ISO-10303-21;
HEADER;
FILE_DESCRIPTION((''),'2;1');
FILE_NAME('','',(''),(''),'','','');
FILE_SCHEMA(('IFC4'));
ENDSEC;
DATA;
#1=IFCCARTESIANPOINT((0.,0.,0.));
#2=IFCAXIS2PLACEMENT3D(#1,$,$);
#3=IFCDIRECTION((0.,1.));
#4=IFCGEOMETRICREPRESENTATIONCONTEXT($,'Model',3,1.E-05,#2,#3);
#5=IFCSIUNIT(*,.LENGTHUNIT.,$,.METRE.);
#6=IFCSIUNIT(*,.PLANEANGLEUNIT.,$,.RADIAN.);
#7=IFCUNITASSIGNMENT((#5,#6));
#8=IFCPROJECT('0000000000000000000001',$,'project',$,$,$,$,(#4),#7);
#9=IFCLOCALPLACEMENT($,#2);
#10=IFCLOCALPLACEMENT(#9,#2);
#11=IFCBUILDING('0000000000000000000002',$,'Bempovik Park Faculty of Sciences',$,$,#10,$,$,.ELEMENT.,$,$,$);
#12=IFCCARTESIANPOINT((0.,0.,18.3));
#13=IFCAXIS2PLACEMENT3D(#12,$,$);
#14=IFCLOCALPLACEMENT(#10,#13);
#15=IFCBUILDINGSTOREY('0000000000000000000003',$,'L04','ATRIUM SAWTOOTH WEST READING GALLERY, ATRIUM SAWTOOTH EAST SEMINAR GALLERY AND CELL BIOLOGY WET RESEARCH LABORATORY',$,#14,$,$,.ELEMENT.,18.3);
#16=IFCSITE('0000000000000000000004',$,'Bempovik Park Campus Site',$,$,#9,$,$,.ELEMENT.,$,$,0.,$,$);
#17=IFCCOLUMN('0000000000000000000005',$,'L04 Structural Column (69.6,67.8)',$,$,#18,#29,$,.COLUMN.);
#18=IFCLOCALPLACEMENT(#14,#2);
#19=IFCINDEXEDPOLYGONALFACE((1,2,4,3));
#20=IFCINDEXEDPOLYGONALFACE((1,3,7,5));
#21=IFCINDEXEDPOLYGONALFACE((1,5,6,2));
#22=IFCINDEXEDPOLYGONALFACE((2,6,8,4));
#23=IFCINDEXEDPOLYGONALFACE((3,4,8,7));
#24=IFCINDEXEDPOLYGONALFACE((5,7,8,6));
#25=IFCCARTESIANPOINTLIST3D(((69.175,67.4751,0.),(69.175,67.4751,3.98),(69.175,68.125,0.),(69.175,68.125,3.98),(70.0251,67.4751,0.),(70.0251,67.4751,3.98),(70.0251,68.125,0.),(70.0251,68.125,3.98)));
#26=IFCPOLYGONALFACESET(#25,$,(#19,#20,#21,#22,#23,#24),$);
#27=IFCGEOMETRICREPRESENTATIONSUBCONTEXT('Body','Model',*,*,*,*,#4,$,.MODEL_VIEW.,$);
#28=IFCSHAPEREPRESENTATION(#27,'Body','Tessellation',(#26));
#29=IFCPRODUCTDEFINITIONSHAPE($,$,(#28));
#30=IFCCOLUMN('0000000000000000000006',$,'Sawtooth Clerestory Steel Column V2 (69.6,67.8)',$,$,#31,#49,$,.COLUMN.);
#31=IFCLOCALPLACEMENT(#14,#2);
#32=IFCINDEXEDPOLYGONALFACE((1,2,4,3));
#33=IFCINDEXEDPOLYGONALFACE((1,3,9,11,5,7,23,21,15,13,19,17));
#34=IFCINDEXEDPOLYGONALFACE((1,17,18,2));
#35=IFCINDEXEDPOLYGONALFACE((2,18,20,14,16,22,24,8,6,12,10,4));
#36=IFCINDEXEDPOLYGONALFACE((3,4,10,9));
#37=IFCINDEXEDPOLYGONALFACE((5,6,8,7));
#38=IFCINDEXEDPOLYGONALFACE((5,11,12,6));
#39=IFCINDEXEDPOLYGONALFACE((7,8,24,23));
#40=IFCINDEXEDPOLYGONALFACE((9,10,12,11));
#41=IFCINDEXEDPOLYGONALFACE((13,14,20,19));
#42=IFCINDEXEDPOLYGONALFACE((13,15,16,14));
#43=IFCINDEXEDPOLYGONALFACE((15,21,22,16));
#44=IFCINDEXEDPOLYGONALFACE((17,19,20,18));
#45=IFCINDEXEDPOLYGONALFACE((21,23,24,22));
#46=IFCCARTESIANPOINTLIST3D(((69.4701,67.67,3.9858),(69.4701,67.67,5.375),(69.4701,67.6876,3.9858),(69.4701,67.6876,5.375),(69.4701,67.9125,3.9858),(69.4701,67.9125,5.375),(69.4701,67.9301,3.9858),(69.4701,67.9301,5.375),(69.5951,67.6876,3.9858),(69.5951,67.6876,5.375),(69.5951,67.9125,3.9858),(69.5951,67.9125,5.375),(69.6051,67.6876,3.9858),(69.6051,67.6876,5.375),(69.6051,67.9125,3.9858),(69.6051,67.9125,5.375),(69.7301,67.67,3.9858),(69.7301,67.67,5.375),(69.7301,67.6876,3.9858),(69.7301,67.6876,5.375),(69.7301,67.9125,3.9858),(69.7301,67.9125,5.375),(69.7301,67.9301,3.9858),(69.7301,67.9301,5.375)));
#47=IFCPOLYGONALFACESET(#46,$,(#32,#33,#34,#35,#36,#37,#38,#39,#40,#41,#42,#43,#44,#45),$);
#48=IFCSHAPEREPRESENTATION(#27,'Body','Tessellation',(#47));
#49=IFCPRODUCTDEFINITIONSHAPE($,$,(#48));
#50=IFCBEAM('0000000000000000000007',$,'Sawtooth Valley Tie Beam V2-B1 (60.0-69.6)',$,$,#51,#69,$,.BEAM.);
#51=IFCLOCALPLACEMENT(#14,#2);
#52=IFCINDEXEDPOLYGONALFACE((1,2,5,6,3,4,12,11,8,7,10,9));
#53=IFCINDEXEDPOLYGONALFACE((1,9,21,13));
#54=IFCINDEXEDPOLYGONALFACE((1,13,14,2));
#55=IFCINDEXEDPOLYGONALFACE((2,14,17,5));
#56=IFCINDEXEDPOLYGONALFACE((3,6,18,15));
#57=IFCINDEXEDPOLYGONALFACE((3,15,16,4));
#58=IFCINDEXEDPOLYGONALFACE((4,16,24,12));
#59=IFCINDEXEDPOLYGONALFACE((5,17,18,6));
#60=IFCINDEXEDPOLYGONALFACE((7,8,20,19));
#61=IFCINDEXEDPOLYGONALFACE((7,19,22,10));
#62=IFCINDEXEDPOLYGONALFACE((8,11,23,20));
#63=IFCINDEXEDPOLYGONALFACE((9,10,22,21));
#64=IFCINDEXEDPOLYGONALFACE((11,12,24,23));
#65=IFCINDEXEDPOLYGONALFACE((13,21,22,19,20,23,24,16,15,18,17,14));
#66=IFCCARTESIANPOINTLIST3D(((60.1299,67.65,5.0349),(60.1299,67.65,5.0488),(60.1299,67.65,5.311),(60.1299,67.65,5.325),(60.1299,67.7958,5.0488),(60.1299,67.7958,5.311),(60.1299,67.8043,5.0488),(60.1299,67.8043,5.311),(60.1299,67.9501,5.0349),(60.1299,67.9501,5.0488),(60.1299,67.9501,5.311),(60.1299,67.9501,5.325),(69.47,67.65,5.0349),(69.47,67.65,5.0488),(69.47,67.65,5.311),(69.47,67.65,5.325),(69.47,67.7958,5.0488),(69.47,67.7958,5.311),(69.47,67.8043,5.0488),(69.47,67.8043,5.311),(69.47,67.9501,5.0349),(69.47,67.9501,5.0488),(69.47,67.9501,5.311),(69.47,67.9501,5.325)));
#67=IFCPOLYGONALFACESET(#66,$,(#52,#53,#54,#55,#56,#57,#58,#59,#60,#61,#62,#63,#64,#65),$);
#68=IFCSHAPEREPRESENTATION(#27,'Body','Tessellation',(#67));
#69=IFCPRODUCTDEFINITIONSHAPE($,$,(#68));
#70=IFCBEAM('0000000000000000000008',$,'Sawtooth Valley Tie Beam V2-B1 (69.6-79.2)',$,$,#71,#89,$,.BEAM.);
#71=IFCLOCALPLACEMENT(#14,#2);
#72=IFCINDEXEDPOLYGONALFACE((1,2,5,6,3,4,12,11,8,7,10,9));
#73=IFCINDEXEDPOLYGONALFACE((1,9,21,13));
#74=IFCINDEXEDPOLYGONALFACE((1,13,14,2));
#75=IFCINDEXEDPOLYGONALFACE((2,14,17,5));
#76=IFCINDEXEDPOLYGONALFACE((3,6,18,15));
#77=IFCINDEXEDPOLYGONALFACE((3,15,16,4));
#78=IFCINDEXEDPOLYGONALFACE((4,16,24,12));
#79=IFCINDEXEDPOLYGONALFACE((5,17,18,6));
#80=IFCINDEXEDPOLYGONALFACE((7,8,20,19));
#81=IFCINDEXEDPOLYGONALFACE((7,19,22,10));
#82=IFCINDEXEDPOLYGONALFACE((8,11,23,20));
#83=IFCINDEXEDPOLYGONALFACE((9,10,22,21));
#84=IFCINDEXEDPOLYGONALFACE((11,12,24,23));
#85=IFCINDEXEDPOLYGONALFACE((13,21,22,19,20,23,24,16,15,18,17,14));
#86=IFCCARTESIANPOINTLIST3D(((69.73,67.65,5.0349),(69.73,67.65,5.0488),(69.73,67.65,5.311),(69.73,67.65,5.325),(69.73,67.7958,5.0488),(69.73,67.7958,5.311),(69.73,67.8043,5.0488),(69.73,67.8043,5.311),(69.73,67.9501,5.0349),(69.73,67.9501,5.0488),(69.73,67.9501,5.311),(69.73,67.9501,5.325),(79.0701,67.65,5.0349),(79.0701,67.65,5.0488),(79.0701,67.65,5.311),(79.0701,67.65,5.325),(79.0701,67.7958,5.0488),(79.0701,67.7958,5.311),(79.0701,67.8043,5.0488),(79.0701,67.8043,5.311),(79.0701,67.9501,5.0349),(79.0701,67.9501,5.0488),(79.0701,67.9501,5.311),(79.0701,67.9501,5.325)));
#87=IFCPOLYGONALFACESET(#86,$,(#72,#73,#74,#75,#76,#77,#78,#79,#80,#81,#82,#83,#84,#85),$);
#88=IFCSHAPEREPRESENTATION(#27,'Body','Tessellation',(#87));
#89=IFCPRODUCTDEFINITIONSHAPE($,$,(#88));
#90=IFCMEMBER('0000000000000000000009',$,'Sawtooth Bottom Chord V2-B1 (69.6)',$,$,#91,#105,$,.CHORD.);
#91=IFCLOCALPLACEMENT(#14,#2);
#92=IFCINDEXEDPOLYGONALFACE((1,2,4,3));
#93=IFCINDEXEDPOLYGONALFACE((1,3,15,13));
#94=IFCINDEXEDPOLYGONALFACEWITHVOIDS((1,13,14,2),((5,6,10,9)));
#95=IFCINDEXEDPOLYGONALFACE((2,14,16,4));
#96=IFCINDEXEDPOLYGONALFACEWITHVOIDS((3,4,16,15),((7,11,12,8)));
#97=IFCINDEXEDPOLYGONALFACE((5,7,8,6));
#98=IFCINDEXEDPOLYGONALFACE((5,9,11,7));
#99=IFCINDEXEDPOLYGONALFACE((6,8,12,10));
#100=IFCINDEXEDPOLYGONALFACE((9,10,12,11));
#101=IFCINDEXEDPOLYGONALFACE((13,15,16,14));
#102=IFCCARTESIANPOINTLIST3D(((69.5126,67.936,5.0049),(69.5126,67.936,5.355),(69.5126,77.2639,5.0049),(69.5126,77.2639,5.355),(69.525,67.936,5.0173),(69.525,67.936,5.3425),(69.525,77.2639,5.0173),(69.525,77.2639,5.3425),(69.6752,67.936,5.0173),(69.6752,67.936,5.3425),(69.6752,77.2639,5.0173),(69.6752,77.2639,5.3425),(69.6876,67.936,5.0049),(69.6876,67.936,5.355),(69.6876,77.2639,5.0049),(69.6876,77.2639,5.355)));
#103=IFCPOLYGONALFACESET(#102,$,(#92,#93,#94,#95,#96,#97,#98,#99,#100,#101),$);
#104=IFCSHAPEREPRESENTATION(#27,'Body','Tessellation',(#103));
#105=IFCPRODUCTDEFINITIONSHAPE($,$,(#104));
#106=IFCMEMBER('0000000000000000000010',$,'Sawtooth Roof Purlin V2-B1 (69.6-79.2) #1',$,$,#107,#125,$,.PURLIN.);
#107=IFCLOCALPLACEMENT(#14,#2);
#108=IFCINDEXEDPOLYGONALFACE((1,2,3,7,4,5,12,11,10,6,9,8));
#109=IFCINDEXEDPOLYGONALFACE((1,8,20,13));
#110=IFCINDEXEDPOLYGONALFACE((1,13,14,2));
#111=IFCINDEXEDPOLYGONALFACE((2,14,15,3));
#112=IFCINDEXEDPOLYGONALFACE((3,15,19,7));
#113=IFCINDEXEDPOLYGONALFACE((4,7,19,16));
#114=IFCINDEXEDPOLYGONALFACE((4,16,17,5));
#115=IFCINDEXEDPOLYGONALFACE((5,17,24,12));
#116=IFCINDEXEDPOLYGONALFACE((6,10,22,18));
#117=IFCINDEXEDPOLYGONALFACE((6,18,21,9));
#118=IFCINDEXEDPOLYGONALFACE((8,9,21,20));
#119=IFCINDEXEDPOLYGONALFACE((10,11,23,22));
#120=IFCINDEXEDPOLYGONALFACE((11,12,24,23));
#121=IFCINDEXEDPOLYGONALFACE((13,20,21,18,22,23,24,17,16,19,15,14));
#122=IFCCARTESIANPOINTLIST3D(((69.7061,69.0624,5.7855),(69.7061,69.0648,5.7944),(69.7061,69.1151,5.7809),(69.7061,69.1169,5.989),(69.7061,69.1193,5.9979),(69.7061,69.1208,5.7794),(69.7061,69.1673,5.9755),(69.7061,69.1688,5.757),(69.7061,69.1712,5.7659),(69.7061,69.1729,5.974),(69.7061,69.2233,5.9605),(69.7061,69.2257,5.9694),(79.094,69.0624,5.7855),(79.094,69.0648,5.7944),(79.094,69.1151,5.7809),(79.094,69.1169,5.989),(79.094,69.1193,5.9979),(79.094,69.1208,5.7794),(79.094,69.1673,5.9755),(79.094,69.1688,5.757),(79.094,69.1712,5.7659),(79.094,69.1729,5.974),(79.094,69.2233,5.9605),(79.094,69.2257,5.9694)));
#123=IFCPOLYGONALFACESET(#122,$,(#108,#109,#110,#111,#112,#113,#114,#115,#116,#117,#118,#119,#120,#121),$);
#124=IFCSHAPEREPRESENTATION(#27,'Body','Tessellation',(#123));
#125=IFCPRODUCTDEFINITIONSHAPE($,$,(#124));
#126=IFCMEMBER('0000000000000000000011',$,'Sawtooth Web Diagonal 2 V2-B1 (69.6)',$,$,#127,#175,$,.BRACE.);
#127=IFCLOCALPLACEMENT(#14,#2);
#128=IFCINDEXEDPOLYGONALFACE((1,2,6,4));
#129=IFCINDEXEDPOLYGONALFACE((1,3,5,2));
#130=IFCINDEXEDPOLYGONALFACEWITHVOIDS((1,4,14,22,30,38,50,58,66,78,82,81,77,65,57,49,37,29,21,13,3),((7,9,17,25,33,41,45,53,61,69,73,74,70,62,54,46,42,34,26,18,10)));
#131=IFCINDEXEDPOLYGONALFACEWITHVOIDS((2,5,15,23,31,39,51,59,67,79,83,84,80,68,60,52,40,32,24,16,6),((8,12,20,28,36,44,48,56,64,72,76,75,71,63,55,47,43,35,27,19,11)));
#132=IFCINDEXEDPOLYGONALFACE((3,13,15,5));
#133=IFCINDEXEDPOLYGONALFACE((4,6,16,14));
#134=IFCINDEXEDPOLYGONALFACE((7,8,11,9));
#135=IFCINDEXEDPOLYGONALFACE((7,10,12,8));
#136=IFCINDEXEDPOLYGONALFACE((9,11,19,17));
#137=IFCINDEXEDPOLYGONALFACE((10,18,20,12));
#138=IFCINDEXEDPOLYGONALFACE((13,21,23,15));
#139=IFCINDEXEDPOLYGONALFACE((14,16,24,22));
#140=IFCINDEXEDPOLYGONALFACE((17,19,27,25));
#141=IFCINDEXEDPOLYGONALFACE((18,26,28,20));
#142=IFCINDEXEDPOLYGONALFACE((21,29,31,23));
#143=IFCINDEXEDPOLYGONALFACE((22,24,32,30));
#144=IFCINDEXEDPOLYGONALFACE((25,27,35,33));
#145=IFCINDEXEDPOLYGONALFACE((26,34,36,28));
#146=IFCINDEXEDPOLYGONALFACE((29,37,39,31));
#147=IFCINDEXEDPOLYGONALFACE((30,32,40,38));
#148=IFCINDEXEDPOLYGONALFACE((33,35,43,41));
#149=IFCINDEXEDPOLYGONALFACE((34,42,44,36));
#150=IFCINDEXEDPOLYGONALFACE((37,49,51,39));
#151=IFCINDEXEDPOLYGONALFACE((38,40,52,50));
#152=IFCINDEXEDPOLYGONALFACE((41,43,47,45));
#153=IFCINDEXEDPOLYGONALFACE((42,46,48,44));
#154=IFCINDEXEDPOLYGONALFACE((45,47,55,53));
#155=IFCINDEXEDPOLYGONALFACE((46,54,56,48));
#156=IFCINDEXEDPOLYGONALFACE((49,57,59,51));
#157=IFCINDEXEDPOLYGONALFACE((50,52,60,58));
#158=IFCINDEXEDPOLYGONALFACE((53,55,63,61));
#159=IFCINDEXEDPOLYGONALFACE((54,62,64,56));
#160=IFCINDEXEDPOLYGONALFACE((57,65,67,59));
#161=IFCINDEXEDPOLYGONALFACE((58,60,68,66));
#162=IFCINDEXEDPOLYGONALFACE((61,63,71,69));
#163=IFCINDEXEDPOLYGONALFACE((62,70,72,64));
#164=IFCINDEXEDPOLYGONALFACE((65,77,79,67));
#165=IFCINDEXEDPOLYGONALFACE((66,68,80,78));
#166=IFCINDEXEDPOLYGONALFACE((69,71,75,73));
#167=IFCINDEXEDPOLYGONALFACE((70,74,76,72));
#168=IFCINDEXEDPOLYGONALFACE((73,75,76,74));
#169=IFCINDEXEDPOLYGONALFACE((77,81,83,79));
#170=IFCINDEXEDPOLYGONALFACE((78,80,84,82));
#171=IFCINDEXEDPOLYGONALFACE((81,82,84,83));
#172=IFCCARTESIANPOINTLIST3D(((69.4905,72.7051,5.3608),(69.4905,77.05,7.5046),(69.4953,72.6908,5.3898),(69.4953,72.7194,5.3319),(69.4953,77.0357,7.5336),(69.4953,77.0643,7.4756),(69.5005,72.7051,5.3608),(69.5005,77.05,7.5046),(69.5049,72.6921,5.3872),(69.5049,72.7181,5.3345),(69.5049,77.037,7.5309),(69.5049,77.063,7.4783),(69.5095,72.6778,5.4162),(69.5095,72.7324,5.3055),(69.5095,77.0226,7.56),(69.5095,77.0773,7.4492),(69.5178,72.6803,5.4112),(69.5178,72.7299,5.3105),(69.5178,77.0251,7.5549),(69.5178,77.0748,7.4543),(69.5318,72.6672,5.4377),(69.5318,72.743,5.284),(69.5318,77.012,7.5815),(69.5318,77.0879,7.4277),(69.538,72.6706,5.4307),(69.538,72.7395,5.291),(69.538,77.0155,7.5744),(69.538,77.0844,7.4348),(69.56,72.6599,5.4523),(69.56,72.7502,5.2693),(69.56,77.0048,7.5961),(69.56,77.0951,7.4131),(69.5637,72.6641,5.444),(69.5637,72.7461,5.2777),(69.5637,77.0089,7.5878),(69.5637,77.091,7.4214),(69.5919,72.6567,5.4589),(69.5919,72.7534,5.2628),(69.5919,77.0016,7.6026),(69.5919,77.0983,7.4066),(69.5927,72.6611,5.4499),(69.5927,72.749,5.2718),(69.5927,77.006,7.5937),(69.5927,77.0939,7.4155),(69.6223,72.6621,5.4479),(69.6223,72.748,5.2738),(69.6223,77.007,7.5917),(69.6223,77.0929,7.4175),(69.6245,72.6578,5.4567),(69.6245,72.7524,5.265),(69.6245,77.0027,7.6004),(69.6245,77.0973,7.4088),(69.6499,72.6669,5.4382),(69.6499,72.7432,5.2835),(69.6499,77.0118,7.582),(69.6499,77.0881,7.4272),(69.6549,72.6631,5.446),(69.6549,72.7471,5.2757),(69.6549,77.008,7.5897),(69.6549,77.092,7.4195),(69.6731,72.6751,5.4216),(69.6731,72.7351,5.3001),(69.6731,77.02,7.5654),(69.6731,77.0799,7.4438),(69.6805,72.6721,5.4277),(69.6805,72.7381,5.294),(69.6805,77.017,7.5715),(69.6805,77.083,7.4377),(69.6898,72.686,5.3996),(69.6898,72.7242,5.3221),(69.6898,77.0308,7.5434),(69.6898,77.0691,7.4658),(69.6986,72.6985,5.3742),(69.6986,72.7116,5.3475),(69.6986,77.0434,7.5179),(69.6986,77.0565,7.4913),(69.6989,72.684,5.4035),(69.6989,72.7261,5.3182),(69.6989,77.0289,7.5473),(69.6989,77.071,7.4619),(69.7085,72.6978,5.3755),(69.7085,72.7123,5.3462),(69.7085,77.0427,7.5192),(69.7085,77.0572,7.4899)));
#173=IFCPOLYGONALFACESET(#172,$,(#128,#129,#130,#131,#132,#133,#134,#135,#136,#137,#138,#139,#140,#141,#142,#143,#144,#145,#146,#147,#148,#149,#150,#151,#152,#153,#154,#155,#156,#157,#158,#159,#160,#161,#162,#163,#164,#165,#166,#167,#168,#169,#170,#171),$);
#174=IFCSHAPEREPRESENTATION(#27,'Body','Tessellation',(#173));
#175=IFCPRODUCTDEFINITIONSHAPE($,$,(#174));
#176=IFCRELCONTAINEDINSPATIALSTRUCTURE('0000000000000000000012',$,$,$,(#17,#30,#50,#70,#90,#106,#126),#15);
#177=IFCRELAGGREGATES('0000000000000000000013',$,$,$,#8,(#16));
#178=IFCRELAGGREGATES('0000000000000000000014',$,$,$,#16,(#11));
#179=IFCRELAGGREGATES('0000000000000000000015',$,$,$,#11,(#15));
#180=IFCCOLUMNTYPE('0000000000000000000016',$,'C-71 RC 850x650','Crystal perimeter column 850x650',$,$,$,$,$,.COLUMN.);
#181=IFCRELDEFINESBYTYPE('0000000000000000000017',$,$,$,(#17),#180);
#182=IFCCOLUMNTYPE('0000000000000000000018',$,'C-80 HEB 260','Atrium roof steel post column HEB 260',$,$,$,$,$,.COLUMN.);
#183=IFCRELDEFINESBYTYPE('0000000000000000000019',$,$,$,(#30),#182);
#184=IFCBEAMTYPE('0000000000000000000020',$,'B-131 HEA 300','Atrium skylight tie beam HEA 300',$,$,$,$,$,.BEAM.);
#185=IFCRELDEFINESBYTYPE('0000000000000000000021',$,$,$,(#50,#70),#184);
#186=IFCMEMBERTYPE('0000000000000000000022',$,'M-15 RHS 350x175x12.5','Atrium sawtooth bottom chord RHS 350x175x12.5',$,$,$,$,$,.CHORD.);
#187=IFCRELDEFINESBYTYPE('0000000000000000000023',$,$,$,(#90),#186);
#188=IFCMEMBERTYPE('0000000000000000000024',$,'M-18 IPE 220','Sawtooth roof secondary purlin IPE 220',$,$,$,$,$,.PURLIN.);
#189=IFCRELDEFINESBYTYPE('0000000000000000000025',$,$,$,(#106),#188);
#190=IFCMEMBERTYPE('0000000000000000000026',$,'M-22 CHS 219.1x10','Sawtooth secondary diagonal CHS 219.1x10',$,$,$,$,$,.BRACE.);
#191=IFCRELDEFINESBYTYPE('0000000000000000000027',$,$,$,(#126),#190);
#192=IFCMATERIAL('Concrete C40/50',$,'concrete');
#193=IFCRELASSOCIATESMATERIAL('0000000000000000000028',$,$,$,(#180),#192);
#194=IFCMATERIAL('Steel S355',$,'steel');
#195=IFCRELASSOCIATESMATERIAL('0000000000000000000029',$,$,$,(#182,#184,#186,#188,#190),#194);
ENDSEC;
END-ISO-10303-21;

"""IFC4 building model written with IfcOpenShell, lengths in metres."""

from ifc_helpers import new_model, si_unit, direction, frame, origin, origin_2d, place, context, subcontext, project, spatial, rectangle, hollow_rectangle, hollow_circle, i_section, extrude, material, material_profile, profile_set, type_object, element, save


model = new_model("IFC4")

# Units and contexts
model_context = context("Model", 3, precision=1e-05, world=origin(), true_north=direction((0.0, 1.0)))
body_context = subcontext(model_context, "Body", "Model", "MODEL_VIEW")
ifc_project = project(units=[si_unit("LENGTHUNIT", "METRE"), si_unit("PLANEANGLEUNIT", "RADIAN")], contexts=[model_context])

# Site, building, storey
site_placement = place(None, origin())
site = spatial("IfcSite", under=ifc_project, at=site_placement, Name="Bempovik Park Campus Site", CompositionType="ELEMENT", RefElevation=0.0)
building_placement = place(site_placement, origin())
building = spatial("IfcBuilding", under=site, at=building_placement, Name="Bempovik Park Faculty of Sciences", CompositionType="ELEMENT")
storey_placement = place(building_placement, frame((0.0, 0.0, 18.3)))
storey = spatial("IfcBuildingStorey", under=building, at=storey_placement, Name="L04", Description="ATRIUM SAWTOOTH WEST READING GALLERY, ATRIUM SAWTOOTH EAST SEMINAR GALLERY AND CELL BIOLOGY WET RESEARCH LABORATORY", CompositionType="ELEMENT", Elevation=18.3)

# Columns
ifc_material_1 = material(Name="Concrete C40/50", Category="concrete")
ifc_material_profile_1 = material_profile(ifc_material_1, rectangle(XDim=0.8501, YDim=0.6499, at=origin_2d()), Name="RC 850x650")
ifc_profile_set_1 = profile_set([ifc_material_profile_1], Name="Concrete C40/50")
column_type_1 = type_object("IfcColumnType", Name="C-71 RC 850x650", Description="Crystal perimeter column 850x650", PredefinedType="COLUMN", material=ifc_profile_set_1)
column_1_placement = place(storey_placement, frame((69.6001, 67.8, 0.0), z_axis=(0.0, 0.0, 1.0), x_axis=(1.0, 0.0, 0.0)))
element("IfcColumn", 1, at=column_1_placement, inside=storey, type_object=column_type_1, Name="L04 Structural Column (69.6,67.8)", PredefinedType="COLUMN", context=body_context, shape_type="SweptSolid", body=[
    extrude(rectangle(XDim=0.8501, YDim=0.6499, at=origin_2d()), origin(), (0.0, 0.0, 1.0), 3.98),
])
ifc_material_2 = material(Name="Steel S355", Category="steel")
ifc_material_profile_2 = material_profile(ifc_material_2, i_section(OverallWidth=0.26, OverallDepth=0.26, WebThickness=0.01, FlangeThickness=0.0176, at=origin_2d()), Name="HEB 260")
ifc_profile_set_2 = profile_set([ifc_material_profile_2], Name="Steel S355")
column_type_2 = type_object("IfcColumnType", Name="C-80 HEB 260", Description="Atrium roof steel post column HEB 260", PredefinedType="COLUMN", material=ifc_profile_set_2)
column_2_placement = place(storey_placement, frame((69.6001, 67.8, 3.9858), z_axis=(0.0, 0.0, 1.0), x_axis=(1.0, 0.0, 0.0)))
element("IfcColumn", 2, at=column_2_placement, inside=storey, type_object=column_type_2, Name="Sawtooth Clerestory Steel Column V2 (69.6,67.8)", PredefinedType="COLUMN", context=body_context, shape_type="SweptSolid", body=[
    extrude(i_section(OverallWidth=0.26, OverallDepth=0.26, WebThickness=0.01, FlangeThickness=0.0176, at=origin_2d()), origin(), (0.0, 0.0, 1.0), 1.3892),
])

# Beams
ifc_material_profile_3 = material_profile(ifc_material_2, i_section(OverallWidth=0.3, OverallDepth=0.29, WebThickness=0.0085, FlangeThickness=0.0139, at=origin_2d()), Name="HEA 300")
ifc_profile_set_3 = profile_set([ifc_material_profile_3], Name="Steel S355")
beam_type = type_object("IfcBeamType", Name="B-131 HEA 300", Description="Atrium skylight tie beam HEA 300", PredefinedType="BEAM", material=ifc_profile_set_3)
for number, where, z_axis, x_axis, name in (
    (3, (60.1299, 67.8, 5.1799), (1.0, 0.0, 0.0), (0.0, 1.0, 0.0), "Sawtooth Valley Tie Beam V2-B1 (60.0-69.6)"),
    (4, (69.73, 67.8, 5.1799), (1.0, 0.0, 0.0), (0.0, 1.0, 0.0), "Sawtooth Valley Tie Beam V2-B1 (69.6-79.2)"),
):
    element("IfcBeam", number, at=place(storey_placement, frame(where, z_axis=z_axis, x_axis=x_axis)), inside=storey, type_object=beam_type, Name=name, PredefinedType="BEAM", context=body_context, shape_type="SweptSolid", body=[
        extrude(i_section(OverallWidth=0.3, OverallDepth=0.29, WebThickness=0.0085, FlangeThickness=0.0139, at=origin_2d()), origin(), (0.0, 0.0, 1.0), 9.3401),
    ])

# Members
ifc_material_profile_4 = material_profile(ifc_material_2, hollow_rectangle(XDim=0.175, YDim=0.3501, WallThickness=0.0125, at=origin_2d()), Name="RHS 350x175x12.5")
ifc_profile_set_4 = profile_set([ifc_material_profile_4], Name="Steel S355")
member_type_1 = type_object("IfcMemberType", Name="M-15 RHS 350x175x12.5", Description="Atrium sawtooth bottom chord RHS 350x175x12.5", PredefinedType="CHORD", material=ifc_profile_set_4)
member_1_placement = place(storey_placement, frame((69.6001, 67.936, 5.1799), z_axis=(0.0, 1.0, 0.0), x_axis=(-1.0, 0.0, 0.0)))
element("IfcMember", 5, at=member_1_placement, inside=storey, type_object=member_type_1, Name="Sawtooth Bottom Chord V2-B1 (69.6)", PredefinedType="CHORD", context=body_context, shape_type="SweptSolid", body=[
    extrude(hollow_rectangle(XDim=0.175, YDim=0.3501, WallThickness=0.0125, at=origin_2d()), origin(), (0.0, 0.0, 1.0), 9.3279),
])
ifc_material_profile_5 = material_profile(ifc_material_2, i_section(OverallWidth=0.1101, OverallDepth=0.22, WebThickness=0.0059, FlangeThickness=0.0093, at=origin_2d()), Name="IPE 220")
ifc_profile_set_5 = profile_set([ifc_material_profile_5], Name="Steel S355")
member_type_2 = type_object("IfcMemberType", Name="M-18 IPE 220", Description="Sawtooth roof secondary purlin IPE 220", PredefinedType="PURLIN", material=ifc_profile_set_5)
member_2_placement = place(storey_placement, frame((69.7061, 69.144, 5.8774), z_axis=(1.0, 0.0, 0.0), x_axis=(0.0, 0.965926, -0.258819)))
element("IfcMember", 6, at=member_2_placement, inside=storey, type_object=member_type_2, Name="Sawtooth Roof Purlin V2-B1 (69.6-79.2) #1", PredefinedType="PURLIN", context=body_context, shape_type="SweptSolid", body=[
    extrude(i_section(OverallWidth=0.1101, OverallDepth=0.22, WebThickness=0.0059, FlangeThickness=0.0093, at=origin_2d()), origin(), (0.0, 0.0, 1.0), 9.3879),
])
ifc_material_profile_6 = material_profile(ifc_material_2, hollow_circle(Radius=0.1096, WallThickness=0.01, at=origin_2d()), Name="CHS 219.1x10")
ifc_profile_set_6 = profile_set([ifc_material_profile_6], Name="Steel S355")
member_type_3 = type_object("IfcMemberType", Name="M-22 CHS 219.1x10", Description="Sawtooth secondary diagonal CHS 219.1x10", PredefinedType="BRACE", material=ifc_profile_set_6)
member_3_placement = place(storey_placement, frame((69.6001, 72.7051, 5.3608), z_axis=(0.0, 0.896783, 0.442471), x_axis=(-1.0, 0.0, 0.0)))
element("IfcMember", 7, at=member_3_placement, inside=storey, type_object=member_type_3, Name="Sawtooth Web Diagonal 2 V2-B1 (69.6)", PredefinedType="BRACE", context=body_context, shape_type="SweptSolid", body=[
    extrude(hollow_circle(Radius=0.1096, WallThickness=0.01, at=origin_2d()), origin(), (0.0, 0.0, 1.0), 4.845),
])

save(model, "model.ifc")
